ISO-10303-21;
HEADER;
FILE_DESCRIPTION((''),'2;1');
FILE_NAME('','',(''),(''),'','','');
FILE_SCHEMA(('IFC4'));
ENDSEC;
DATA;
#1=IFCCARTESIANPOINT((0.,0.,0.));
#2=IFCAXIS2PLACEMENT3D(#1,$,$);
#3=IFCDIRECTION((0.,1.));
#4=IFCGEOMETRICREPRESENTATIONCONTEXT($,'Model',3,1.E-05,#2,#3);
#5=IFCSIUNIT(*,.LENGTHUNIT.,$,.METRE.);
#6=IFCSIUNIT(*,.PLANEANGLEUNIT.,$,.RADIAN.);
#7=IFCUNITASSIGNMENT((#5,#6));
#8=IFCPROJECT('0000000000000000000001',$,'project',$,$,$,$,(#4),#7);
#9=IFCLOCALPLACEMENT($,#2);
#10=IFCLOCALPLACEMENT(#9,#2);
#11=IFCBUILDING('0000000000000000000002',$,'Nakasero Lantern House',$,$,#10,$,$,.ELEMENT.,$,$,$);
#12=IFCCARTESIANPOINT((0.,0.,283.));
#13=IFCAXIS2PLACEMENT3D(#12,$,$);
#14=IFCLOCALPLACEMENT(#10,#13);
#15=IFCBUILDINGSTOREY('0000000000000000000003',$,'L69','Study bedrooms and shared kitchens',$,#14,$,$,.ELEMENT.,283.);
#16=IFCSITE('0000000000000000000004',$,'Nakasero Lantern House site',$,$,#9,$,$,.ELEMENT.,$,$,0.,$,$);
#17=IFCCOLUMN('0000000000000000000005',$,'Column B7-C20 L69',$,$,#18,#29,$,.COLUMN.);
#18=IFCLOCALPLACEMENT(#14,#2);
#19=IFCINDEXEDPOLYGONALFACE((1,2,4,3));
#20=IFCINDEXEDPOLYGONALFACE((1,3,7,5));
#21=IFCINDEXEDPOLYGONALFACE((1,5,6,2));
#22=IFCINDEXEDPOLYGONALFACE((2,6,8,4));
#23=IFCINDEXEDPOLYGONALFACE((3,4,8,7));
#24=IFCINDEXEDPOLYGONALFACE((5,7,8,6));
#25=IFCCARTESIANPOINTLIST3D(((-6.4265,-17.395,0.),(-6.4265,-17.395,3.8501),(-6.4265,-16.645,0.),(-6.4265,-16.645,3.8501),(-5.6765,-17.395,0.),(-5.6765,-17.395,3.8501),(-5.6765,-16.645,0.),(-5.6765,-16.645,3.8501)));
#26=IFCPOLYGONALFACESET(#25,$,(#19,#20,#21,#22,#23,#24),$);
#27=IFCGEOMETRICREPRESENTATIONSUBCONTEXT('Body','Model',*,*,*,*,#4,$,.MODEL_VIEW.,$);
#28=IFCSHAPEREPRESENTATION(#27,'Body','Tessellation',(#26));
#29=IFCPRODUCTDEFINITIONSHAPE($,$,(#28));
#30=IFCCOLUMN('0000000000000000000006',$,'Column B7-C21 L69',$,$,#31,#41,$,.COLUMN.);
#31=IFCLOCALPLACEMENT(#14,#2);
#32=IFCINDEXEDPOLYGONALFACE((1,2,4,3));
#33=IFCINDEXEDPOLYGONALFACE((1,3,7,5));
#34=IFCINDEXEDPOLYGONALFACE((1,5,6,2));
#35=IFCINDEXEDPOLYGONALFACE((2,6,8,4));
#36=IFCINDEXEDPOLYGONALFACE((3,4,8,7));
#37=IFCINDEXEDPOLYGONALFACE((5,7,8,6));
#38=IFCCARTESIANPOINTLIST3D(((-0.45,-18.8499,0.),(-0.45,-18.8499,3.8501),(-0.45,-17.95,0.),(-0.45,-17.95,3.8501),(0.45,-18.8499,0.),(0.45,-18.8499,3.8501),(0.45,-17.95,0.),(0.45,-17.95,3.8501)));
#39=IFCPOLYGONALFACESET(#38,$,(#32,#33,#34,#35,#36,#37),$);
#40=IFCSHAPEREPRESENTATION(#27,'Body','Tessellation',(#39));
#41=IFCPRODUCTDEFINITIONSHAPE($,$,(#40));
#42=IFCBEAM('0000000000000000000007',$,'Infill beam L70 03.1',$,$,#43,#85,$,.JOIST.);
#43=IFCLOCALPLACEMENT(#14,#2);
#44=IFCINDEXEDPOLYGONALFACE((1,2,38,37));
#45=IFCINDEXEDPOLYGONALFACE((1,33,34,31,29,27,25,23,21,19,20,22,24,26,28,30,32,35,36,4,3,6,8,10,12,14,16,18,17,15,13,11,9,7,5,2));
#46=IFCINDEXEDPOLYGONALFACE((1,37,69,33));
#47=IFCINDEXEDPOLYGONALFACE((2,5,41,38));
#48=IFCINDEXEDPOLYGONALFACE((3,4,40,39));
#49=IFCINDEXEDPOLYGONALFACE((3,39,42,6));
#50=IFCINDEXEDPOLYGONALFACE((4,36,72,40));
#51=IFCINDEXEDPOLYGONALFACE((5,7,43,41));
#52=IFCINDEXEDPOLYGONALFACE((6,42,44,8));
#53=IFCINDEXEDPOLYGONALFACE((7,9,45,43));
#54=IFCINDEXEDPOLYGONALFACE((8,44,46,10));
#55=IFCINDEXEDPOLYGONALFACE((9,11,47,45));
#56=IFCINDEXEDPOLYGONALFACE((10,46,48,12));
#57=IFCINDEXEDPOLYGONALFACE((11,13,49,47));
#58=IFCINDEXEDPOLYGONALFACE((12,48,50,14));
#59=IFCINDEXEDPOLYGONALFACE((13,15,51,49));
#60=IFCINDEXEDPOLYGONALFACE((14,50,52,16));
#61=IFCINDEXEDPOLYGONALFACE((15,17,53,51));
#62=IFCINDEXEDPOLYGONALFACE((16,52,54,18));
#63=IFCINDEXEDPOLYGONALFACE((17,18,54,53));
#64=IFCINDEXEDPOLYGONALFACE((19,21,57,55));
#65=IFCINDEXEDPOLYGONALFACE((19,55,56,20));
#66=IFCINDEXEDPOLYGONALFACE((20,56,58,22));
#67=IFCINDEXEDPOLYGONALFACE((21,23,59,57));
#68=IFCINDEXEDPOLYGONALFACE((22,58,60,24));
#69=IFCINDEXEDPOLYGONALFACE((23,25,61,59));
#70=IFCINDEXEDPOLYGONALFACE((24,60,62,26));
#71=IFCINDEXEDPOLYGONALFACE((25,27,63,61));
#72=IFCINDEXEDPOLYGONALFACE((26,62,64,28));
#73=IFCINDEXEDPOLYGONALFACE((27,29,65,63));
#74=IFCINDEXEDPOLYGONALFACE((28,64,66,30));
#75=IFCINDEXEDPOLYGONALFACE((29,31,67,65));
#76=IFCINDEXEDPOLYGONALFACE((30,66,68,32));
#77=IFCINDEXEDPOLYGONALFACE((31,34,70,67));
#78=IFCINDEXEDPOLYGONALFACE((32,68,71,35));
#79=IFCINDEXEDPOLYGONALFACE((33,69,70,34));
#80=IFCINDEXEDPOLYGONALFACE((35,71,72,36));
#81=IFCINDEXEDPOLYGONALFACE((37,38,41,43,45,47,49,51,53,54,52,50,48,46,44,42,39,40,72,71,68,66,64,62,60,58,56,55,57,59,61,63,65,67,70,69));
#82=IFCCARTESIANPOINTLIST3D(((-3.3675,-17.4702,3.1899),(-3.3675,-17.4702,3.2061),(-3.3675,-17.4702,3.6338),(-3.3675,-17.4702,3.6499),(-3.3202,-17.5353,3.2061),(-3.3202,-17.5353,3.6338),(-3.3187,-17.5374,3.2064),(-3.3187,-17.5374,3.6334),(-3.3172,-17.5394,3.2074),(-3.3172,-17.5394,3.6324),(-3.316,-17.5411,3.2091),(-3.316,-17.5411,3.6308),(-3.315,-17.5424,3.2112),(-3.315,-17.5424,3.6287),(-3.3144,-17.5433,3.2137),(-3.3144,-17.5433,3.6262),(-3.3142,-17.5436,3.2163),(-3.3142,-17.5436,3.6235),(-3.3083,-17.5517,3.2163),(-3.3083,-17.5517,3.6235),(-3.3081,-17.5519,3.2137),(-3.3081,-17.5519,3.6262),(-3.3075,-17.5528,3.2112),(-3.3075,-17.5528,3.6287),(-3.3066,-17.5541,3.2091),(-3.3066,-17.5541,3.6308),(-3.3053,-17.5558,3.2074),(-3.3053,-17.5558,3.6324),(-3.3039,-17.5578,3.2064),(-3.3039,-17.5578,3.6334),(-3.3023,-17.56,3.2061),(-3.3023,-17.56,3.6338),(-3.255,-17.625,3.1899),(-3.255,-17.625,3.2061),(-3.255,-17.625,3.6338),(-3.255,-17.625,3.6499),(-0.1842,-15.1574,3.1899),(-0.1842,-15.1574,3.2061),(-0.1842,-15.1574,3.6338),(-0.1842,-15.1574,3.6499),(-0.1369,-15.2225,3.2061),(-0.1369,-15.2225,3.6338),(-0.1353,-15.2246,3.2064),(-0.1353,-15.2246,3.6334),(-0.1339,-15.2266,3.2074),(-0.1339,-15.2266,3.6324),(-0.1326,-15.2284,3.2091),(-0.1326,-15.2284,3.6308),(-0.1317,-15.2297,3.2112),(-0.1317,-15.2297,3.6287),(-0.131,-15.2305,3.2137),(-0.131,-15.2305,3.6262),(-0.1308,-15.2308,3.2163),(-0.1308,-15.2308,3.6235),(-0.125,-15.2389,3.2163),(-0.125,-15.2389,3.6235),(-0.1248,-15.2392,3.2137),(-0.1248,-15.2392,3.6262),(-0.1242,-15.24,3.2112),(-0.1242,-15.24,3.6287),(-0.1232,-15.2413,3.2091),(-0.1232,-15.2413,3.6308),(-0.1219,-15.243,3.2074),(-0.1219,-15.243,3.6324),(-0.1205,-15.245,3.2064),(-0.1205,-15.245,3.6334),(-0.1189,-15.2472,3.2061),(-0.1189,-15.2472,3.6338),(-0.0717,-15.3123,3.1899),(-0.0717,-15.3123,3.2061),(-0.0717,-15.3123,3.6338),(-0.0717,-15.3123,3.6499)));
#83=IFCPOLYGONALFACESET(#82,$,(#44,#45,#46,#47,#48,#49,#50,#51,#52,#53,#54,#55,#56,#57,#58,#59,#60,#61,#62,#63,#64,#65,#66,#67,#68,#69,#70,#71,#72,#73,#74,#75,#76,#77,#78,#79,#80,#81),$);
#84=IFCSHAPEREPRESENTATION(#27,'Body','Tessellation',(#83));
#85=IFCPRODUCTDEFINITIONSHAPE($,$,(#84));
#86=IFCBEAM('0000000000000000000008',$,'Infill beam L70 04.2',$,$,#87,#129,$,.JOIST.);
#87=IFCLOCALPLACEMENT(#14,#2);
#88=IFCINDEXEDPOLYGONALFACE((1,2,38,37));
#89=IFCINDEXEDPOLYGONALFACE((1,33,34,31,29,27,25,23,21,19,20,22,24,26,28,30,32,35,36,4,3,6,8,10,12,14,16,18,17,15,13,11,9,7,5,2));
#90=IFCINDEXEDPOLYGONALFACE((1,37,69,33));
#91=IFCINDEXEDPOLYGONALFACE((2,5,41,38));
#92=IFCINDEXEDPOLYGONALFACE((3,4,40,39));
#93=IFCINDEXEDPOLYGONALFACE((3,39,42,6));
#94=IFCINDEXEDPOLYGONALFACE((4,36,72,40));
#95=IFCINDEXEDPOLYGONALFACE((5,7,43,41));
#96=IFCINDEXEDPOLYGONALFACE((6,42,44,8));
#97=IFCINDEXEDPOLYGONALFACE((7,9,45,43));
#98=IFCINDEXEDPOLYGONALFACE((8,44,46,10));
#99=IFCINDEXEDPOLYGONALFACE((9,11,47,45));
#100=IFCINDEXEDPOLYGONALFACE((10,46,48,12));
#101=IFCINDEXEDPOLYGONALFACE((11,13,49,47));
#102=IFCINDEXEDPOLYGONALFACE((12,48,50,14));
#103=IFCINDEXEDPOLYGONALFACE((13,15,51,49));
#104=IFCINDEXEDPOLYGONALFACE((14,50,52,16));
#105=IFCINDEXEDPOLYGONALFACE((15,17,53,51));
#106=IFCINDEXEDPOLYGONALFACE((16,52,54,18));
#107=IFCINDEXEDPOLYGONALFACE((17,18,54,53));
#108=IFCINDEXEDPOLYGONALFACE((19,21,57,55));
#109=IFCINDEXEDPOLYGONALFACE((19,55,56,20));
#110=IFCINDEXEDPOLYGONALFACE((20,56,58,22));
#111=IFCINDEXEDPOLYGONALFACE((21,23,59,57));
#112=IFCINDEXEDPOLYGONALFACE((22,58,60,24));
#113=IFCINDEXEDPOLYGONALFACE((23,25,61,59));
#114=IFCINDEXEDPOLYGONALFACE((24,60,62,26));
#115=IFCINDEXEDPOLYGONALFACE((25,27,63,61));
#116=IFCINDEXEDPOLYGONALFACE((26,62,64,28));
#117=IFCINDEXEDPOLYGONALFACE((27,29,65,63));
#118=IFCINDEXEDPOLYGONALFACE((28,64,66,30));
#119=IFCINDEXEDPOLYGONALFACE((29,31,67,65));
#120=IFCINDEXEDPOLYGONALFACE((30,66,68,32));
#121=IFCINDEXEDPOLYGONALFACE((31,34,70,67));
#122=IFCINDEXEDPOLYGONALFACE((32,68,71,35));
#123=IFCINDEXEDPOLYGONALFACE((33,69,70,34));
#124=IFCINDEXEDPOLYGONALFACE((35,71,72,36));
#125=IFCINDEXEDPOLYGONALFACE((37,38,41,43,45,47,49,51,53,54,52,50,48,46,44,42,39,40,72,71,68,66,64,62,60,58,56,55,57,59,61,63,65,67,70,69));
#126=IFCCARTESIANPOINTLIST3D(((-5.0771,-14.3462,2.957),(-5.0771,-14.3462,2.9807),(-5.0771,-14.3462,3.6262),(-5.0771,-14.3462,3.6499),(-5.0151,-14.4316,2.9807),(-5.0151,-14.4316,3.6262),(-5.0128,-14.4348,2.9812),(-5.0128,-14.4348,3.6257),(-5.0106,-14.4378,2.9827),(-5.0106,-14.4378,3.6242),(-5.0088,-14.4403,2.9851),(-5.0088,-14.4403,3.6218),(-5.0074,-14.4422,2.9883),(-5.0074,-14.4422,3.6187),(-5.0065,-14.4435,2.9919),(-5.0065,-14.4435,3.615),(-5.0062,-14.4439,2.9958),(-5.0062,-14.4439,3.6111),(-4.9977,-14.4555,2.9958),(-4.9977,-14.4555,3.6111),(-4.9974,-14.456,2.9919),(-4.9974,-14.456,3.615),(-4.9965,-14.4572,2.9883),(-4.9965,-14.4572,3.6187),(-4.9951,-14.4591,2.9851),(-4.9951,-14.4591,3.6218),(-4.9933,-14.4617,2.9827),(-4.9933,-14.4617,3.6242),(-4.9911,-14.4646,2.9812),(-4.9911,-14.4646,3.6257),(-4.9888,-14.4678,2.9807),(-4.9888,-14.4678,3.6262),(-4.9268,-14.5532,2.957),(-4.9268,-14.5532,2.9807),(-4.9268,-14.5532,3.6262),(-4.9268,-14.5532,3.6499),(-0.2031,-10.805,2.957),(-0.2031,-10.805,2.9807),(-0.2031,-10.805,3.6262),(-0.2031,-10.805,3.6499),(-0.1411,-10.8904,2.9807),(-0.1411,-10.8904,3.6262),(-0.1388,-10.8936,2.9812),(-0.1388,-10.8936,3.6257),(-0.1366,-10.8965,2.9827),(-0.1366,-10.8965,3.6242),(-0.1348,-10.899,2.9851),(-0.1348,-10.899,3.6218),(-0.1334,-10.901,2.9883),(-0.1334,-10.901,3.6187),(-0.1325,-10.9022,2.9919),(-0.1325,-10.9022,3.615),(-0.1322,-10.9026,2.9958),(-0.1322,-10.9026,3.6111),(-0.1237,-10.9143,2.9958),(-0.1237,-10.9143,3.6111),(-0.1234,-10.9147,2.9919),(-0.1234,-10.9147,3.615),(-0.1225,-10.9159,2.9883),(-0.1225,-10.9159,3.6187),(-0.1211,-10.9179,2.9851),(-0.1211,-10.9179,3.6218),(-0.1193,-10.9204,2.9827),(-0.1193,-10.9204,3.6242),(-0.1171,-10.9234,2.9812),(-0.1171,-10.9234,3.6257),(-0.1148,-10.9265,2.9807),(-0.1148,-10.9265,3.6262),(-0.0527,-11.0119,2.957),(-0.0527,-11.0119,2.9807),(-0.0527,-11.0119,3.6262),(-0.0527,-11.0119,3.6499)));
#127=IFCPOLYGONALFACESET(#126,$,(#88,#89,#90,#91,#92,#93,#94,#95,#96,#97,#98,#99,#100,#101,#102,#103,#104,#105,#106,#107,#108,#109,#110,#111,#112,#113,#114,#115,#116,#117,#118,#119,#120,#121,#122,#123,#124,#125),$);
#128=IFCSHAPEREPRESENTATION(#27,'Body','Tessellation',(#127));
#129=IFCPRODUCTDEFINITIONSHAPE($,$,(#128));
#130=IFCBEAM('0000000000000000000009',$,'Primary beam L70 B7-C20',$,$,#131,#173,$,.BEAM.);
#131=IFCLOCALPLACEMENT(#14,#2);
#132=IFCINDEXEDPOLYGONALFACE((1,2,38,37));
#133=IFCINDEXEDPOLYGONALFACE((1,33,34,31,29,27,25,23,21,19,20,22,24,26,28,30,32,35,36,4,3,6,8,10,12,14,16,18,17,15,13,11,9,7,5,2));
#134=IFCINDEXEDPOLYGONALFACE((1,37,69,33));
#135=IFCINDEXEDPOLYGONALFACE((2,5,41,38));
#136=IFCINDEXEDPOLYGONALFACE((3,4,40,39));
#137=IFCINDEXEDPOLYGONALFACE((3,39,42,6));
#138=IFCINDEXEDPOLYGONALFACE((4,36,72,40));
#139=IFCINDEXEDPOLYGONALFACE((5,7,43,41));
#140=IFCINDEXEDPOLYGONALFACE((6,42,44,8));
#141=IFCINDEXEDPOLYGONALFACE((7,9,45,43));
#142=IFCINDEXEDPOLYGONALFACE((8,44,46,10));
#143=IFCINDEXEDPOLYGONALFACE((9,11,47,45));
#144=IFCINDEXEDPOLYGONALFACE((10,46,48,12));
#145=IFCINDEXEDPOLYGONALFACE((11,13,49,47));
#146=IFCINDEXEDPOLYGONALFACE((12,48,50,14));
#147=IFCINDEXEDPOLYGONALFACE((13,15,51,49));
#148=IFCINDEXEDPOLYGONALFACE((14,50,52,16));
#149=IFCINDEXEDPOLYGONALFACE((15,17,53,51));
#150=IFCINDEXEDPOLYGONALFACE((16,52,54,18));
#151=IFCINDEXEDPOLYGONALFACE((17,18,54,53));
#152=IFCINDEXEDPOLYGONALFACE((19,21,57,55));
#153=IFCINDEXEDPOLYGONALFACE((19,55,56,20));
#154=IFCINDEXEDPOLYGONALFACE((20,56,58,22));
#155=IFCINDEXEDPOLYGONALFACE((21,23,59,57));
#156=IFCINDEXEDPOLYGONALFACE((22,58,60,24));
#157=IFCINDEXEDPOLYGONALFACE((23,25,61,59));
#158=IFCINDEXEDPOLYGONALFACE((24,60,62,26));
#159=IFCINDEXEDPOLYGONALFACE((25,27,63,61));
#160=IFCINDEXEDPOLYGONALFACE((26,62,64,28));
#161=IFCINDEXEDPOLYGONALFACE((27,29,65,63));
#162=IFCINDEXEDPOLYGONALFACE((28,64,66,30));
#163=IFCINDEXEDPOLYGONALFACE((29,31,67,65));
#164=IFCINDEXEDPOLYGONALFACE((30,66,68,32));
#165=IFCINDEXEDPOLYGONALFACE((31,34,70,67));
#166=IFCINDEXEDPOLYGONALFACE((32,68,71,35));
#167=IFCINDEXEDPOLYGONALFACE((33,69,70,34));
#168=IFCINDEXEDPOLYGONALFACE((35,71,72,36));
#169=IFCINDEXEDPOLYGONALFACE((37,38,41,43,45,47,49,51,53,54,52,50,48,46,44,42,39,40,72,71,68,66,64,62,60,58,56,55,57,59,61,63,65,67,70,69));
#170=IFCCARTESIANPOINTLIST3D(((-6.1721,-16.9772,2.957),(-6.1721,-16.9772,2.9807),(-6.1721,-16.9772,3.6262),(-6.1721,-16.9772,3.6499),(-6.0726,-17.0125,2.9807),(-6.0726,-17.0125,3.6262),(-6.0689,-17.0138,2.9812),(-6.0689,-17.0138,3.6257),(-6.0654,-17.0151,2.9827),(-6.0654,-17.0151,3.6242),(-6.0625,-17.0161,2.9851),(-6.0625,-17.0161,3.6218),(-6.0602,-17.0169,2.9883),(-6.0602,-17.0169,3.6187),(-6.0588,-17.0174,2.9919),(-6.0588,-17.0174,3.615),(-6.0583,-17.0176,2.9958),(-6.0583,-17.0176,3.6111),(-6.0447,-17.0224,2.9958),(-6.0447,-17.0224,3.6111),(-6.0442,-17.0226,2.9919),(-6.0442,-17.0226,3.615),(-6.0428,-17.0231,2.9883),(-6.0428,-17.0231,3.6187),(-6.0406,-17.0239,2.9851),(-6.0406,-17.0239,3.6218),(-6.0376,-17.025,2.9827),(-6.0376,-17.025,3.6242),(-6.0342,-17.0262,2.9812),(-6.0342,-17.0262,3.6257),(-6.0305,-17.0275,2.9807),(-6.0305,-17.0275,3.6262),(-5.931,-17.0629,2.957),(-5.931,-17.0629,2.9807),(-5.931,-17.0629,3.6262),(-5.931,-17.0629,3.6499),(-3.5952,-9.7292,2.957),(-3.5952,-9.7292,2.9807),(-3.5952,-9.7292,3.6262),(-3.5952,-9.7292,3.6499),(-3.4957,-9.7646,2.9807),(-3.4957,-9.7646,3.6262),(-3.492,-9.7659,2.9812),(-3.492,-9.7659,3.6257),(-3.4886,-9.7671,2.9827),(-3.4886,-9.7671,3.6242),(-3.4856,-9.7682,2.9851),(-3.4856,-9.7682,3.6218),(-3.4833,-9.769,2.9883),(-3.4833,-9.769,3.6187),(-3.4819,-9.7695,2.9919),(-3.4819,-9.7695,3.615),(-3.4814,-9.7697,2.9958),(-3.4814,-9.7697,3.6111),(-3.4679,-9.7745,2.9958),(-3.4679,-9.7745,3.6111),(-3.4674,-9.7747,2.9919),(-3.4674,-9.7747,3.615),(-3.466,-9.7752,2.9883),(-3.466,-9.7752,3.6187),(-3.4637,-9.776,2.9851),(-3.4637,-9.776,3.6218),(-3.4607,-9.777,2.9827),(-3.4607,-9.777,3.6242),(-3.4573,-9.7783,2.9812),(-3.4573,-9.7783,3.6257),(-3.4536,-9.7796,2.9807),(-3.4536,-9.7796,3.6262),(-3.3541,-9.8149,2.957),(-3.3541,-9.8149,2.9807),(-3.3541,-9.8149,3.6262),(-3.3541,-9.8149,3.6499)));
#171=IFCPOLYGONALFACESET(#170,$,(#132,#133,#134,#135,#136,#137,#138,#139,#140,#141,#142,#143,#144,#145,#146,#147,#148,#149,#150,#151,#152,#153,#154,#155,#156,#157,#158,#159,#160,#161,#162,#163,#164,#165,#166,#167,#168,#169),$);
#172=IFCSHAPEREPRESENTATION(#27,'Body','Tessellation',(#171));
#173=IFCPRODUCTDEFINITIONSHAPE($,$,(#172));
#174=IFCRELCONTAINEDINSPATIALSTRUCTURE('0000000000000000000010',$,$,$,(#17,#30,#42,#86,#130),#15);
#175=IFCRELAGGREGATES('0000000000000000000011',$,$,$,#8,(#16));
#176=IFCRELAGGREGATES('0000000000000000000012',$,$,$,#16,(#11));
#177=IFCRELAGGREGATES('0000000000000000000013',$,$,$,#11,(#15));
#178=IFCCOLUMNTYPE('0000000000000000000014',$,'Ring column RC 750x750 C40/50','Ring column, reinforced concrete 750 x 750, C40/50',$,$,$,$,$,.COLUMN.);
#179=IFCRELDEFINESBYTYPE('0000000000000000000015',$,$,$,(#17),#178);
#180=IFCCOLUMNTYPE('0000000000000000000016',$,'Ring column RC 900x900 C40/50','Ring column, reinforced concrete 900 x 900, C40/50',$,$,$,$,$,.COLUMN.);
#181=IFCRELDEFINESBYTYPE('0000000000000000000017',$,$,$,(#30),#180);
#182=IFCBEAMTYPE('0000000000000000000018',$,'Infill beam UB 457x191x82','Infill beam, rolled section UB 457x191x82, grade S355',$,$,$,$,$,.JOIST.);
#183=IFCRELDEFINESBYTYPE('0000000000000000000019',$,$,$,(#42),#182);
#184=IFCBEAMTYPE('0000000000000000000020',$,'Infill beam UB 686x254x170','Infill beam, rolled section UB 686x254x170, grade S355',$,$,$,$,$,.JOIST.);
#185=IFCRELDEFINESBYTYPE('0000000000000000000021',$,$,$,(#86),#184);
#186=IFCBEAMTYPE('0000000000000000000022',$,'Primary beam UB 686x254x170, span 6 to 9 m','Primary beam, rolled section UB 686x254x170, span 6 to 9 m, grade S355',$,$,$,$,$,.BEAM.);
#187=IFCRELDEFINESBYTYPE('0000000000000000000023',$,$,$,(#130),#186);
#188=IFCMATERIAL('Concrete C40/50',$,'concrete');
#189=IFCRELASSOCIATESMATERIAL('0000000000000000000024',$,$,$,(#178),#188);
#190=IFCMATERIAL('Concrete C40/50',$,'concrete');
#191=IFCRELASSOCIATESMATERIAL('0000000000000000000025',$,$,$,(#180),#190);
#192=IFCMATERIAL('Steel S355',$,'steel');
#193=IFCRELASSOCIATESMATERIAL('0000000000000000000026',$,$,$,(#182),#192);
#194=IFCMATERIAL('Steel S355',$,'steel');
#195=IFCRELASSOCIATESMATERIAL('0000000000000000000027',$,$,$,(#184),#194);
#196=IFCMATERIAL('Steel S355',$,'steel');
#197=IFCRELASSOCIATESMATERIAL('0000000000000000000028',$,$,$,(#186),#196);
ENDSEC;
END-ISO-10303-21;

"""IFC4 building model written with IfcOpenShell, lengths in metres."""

from ifc_helpers import new_model, si_unit, direction, frame, origin, origin_2d, place, context, subcontext, project, spatial, rectangle, i_section, extrude, material, material_profile, profile_set, type_object, element, save


model = new_model("IFC4")

# Units and contexts
model_context = context("Model", 3, precision=1e-05, world=origin(), true_north=direction((0.0, 1.0)))
body_context = subcontext(model_context, "Body", "Model", "MODEL_VIEW")
ifc_project = project(units=[si_unit("LENGTHUNIT", "METRE"), si_unit("PLANEANGLEUNIT", "RADIAN")], contexts=[model_context])

# Site, building, storey
site_placement = place(None, origin())
site = spatial("IfcSite", under=ifc_project, at=site_placement, Name="Nakasero Lantern House site", CompositionType="ELEMENT", RefElevation=0.0)
building_placement = place(site_placement, origin())
building = spatial("IfcBuilding", under=site, at=building_placement, Name="Nakasero Lantern House", CompositionType="ELEMENT")
storey_placement = place(building_placement, frame((0.0, 0.0, 283.0)))
storey = spatial("IfcBuildingStorey", under=building, at=storey_placement, Name="L69", Description="Study bedrooms and shared kitchens", CompositionType="ELEMENT", Elevation=283.0)

# Columns
ifc_material_1 = material(Name="Concrete C40/50", Category="concrete")
ifc_material_profile_1 = material_profile(ifc_material_1, rectangle(XDim=0.75, YDim=0.75, at=origin_2d()), Name="RC 750x750")
ifc_profile_set_1 = profile_set([ifc_material_profile_1], Name="Concrete C40/50")
column_type_1 = type_object("IfcColumnType", Name="Ring column RC 750x750 C40/50", Description="Ring column, reinforced concrete 750 x 750, C40/50", PredefinedType="COLUMN", material=ifc_profile_set_1)
column_1_placement = place(storey_placement, frame((-6.0515, -17.02, 0.0), z_axis=(0.0, 0.0, 1.0), x_axis=(1.0, 0.0, 0.0)))
element("IfcColumn", 1, at=column_1_placement, inside=storey, type_object=column_type_1, Name="Column B7-C20 L69", PredefinedType="COLUMN", context=body_context, shape_type="SweptSolid", body=[
    extrude(rectangle(XDim=0.75, YDim=0.75, at=origin_2d()), origin(), (0.0, 0.0, 1.0), 3.8501),
])
ifc_material_2 = material(Name="Concrete C40/50", Category="concrete")
ifc_material_profile_2 = material_profile(ifc_material_2, rectangle(XDim=0.8999, YDim=0.8999, at=origin_2d()), Name="RC 900x900")
ifc_profile_set_2 = profile_set([ifc_material_profile_2], Name="Concrete C40/50")
column_type_2 = type_object("IfcColumnType", Name="Ring column RC 900x900 C40/50", Description="Ring column, reinforced concrete 900 x 900, C40/50", PredefinedType="COLUMN", material=ifc_profile_set_2)
column_2_placement = place(storey_placement, frame((0.0, -18.3999, 0.0), z_axis=(0.0, 0.0, 1.0), x_axis=(1.0, 0.0, 0.0)))
element("IfcColumn", 2, at=column_2_placement, inside=storey, type_object=column_type_2, Name="Column B7-C21 L69", PredefinedType="COLUMN", context=body_context, shape_type="SweptSolid", body=[
    extrude(rectangle(XDim=0.8999, YDim=0.8999, at=origin_2d()), origin(), (0.0, 0.0, 1.0), 3.8501),
])

# Beams
ifc_material_3 = material(Name="Steel S355", Category="steel")
ifc_material_profile_3 = material_profile(ifc_material_3, i_section(OverallWidth=0.1914, OverallDepth=0.46, WebThickness=0.01, FlangeThickness=0.0161, FilletRadius=0.0103, at=origin_2d()), Name="UB 457x191x82")
ifc_profile_set_3 = profile_set([ifc_material_profile_3], Name="Steel S355")
beam_type_1 = type_object("IfcBeamType", Name="Infill beam UB 457x191x82", Description="Infill beam, rolled section UB 457x191x82, grade S355", PredefinedType="JOIST", material=ifc_profile_set_3)
beam_1_placement = place(storey_placement, frame((-3.3113, -17.5476, 3.4199), z_axis=(0.809028, 0.587769, 0.0), x_axis=(-0.587769, 0.809028, 0.0)))
element("IfcBeam", 3, at=beam_1_placement, inside=storey, type_object=beam_type_1, Name="Infill beam L70 03.1", PredefinedType="JOIST", context=body_context, shape_type="SweptSolid", body=[
    extrude(i_section(OverallWidth=0.1914, OverallDepth=0.46, WebThickness=0.01, FlangeThickness=0.0161, FilletRadius=0.0103, at=origin_2d()), origin(), (0.0, 0.0, 1.0), 3.9348),
])
ifc_material_4 = material(Name="Steel S355", Category="steel")
ifc_material_profile_4 = material_profile(ifc_material_4, i_section(OverallWidth=0.2559, OverallDepth=0.6929, WebThickness=0.0144, FlangeThickness=0.0237, FilletRadius=0.0151, at=origin_2d()), Name="UB 686x254x170")
ifc_profile_set_4 = profile_set([ifc_material_profile_4], Name="Steel S355")
beam_type_2 = type_object("IfcBeamType", Name="Infill beam UB 686x254x170", Description="Infill beam, rolled section UB 686x254x170, grade S355", PredefinedType="JOIST", material=ifc_profile_set_4)
beam_2_placement = place(storey_placement, frame((-5.002, -14.4497, 3.3035), z_axis=(0.809011, 0.587793, 0.0), x_axis=(-0.587793, 0.809011, 0.0)))
element("IfcBeam", 4, at=beam_2_placement, inside=storey, type_object=beam_type_2, Name="Infill beam L70 04.2", PredefinedType="JOIST", context=body_context, shape_type="SweptSolid", body=[
    extrude(i_section(OverallWidth=0.2559, OverallDepth=0.6929, WebThickness=0.0144, FlangeThickness=0.0237, FilletRadius=0.0151, at=origin_2d()), origin(), (0.0, 0.0, 1.0), 6.0247),
])
ifc_material_5 = material(Name="Steel S355", Category="steel")
ifc_material_profile_5 = material_profile(ifc_material_5, i_section(OverallWidth=0.2559, OverallDepth=0.6929, WebThickness=0.0144, FlangeThickness=0.0237, FilletRadius=0.0151, at=origin_2d()), Name="UB 686x254x170")
ifc_profile_set_5 = profile_set([ifc_material_profile_5], Name="Steel S355")
beam_type_3 = type_object("IfcBeamType", Name="Primary beam UB 686x254x170, span 6 to 9 m", Description="Primary beam, rolled section UB 686x254x170, span 6 to 9 m, grade S355", PredefinedType="BEAM", material=ifc_profile_set_5)
beam_3_placement = place(storey_placement, frame((-6.0515, -17.02, 3.3035), z_axis=(0.334989, 0.942222, 0.0), x_axis=(-0.942222, 0.334989, 0.0)))
element("IfcBeam", 5, at=beam_3_placement, inside=storey, type_object=beam_type_3, Name="Primary beam L70 B7-C20", PredefinedType="BEAM", context=body_context, shape_type="SweptSolid", body=[
    extrude(i_section(OverallWidth=0.2559, OverallDepth=0.6929, WebThickness=0.0144, FlangeThickness=0.0237, FilletRadius=0.0151, at=origin_2d()), origin(), (0.0, 0.0, 1.0), 7.6924),
])

save(model, "model.ifc")
